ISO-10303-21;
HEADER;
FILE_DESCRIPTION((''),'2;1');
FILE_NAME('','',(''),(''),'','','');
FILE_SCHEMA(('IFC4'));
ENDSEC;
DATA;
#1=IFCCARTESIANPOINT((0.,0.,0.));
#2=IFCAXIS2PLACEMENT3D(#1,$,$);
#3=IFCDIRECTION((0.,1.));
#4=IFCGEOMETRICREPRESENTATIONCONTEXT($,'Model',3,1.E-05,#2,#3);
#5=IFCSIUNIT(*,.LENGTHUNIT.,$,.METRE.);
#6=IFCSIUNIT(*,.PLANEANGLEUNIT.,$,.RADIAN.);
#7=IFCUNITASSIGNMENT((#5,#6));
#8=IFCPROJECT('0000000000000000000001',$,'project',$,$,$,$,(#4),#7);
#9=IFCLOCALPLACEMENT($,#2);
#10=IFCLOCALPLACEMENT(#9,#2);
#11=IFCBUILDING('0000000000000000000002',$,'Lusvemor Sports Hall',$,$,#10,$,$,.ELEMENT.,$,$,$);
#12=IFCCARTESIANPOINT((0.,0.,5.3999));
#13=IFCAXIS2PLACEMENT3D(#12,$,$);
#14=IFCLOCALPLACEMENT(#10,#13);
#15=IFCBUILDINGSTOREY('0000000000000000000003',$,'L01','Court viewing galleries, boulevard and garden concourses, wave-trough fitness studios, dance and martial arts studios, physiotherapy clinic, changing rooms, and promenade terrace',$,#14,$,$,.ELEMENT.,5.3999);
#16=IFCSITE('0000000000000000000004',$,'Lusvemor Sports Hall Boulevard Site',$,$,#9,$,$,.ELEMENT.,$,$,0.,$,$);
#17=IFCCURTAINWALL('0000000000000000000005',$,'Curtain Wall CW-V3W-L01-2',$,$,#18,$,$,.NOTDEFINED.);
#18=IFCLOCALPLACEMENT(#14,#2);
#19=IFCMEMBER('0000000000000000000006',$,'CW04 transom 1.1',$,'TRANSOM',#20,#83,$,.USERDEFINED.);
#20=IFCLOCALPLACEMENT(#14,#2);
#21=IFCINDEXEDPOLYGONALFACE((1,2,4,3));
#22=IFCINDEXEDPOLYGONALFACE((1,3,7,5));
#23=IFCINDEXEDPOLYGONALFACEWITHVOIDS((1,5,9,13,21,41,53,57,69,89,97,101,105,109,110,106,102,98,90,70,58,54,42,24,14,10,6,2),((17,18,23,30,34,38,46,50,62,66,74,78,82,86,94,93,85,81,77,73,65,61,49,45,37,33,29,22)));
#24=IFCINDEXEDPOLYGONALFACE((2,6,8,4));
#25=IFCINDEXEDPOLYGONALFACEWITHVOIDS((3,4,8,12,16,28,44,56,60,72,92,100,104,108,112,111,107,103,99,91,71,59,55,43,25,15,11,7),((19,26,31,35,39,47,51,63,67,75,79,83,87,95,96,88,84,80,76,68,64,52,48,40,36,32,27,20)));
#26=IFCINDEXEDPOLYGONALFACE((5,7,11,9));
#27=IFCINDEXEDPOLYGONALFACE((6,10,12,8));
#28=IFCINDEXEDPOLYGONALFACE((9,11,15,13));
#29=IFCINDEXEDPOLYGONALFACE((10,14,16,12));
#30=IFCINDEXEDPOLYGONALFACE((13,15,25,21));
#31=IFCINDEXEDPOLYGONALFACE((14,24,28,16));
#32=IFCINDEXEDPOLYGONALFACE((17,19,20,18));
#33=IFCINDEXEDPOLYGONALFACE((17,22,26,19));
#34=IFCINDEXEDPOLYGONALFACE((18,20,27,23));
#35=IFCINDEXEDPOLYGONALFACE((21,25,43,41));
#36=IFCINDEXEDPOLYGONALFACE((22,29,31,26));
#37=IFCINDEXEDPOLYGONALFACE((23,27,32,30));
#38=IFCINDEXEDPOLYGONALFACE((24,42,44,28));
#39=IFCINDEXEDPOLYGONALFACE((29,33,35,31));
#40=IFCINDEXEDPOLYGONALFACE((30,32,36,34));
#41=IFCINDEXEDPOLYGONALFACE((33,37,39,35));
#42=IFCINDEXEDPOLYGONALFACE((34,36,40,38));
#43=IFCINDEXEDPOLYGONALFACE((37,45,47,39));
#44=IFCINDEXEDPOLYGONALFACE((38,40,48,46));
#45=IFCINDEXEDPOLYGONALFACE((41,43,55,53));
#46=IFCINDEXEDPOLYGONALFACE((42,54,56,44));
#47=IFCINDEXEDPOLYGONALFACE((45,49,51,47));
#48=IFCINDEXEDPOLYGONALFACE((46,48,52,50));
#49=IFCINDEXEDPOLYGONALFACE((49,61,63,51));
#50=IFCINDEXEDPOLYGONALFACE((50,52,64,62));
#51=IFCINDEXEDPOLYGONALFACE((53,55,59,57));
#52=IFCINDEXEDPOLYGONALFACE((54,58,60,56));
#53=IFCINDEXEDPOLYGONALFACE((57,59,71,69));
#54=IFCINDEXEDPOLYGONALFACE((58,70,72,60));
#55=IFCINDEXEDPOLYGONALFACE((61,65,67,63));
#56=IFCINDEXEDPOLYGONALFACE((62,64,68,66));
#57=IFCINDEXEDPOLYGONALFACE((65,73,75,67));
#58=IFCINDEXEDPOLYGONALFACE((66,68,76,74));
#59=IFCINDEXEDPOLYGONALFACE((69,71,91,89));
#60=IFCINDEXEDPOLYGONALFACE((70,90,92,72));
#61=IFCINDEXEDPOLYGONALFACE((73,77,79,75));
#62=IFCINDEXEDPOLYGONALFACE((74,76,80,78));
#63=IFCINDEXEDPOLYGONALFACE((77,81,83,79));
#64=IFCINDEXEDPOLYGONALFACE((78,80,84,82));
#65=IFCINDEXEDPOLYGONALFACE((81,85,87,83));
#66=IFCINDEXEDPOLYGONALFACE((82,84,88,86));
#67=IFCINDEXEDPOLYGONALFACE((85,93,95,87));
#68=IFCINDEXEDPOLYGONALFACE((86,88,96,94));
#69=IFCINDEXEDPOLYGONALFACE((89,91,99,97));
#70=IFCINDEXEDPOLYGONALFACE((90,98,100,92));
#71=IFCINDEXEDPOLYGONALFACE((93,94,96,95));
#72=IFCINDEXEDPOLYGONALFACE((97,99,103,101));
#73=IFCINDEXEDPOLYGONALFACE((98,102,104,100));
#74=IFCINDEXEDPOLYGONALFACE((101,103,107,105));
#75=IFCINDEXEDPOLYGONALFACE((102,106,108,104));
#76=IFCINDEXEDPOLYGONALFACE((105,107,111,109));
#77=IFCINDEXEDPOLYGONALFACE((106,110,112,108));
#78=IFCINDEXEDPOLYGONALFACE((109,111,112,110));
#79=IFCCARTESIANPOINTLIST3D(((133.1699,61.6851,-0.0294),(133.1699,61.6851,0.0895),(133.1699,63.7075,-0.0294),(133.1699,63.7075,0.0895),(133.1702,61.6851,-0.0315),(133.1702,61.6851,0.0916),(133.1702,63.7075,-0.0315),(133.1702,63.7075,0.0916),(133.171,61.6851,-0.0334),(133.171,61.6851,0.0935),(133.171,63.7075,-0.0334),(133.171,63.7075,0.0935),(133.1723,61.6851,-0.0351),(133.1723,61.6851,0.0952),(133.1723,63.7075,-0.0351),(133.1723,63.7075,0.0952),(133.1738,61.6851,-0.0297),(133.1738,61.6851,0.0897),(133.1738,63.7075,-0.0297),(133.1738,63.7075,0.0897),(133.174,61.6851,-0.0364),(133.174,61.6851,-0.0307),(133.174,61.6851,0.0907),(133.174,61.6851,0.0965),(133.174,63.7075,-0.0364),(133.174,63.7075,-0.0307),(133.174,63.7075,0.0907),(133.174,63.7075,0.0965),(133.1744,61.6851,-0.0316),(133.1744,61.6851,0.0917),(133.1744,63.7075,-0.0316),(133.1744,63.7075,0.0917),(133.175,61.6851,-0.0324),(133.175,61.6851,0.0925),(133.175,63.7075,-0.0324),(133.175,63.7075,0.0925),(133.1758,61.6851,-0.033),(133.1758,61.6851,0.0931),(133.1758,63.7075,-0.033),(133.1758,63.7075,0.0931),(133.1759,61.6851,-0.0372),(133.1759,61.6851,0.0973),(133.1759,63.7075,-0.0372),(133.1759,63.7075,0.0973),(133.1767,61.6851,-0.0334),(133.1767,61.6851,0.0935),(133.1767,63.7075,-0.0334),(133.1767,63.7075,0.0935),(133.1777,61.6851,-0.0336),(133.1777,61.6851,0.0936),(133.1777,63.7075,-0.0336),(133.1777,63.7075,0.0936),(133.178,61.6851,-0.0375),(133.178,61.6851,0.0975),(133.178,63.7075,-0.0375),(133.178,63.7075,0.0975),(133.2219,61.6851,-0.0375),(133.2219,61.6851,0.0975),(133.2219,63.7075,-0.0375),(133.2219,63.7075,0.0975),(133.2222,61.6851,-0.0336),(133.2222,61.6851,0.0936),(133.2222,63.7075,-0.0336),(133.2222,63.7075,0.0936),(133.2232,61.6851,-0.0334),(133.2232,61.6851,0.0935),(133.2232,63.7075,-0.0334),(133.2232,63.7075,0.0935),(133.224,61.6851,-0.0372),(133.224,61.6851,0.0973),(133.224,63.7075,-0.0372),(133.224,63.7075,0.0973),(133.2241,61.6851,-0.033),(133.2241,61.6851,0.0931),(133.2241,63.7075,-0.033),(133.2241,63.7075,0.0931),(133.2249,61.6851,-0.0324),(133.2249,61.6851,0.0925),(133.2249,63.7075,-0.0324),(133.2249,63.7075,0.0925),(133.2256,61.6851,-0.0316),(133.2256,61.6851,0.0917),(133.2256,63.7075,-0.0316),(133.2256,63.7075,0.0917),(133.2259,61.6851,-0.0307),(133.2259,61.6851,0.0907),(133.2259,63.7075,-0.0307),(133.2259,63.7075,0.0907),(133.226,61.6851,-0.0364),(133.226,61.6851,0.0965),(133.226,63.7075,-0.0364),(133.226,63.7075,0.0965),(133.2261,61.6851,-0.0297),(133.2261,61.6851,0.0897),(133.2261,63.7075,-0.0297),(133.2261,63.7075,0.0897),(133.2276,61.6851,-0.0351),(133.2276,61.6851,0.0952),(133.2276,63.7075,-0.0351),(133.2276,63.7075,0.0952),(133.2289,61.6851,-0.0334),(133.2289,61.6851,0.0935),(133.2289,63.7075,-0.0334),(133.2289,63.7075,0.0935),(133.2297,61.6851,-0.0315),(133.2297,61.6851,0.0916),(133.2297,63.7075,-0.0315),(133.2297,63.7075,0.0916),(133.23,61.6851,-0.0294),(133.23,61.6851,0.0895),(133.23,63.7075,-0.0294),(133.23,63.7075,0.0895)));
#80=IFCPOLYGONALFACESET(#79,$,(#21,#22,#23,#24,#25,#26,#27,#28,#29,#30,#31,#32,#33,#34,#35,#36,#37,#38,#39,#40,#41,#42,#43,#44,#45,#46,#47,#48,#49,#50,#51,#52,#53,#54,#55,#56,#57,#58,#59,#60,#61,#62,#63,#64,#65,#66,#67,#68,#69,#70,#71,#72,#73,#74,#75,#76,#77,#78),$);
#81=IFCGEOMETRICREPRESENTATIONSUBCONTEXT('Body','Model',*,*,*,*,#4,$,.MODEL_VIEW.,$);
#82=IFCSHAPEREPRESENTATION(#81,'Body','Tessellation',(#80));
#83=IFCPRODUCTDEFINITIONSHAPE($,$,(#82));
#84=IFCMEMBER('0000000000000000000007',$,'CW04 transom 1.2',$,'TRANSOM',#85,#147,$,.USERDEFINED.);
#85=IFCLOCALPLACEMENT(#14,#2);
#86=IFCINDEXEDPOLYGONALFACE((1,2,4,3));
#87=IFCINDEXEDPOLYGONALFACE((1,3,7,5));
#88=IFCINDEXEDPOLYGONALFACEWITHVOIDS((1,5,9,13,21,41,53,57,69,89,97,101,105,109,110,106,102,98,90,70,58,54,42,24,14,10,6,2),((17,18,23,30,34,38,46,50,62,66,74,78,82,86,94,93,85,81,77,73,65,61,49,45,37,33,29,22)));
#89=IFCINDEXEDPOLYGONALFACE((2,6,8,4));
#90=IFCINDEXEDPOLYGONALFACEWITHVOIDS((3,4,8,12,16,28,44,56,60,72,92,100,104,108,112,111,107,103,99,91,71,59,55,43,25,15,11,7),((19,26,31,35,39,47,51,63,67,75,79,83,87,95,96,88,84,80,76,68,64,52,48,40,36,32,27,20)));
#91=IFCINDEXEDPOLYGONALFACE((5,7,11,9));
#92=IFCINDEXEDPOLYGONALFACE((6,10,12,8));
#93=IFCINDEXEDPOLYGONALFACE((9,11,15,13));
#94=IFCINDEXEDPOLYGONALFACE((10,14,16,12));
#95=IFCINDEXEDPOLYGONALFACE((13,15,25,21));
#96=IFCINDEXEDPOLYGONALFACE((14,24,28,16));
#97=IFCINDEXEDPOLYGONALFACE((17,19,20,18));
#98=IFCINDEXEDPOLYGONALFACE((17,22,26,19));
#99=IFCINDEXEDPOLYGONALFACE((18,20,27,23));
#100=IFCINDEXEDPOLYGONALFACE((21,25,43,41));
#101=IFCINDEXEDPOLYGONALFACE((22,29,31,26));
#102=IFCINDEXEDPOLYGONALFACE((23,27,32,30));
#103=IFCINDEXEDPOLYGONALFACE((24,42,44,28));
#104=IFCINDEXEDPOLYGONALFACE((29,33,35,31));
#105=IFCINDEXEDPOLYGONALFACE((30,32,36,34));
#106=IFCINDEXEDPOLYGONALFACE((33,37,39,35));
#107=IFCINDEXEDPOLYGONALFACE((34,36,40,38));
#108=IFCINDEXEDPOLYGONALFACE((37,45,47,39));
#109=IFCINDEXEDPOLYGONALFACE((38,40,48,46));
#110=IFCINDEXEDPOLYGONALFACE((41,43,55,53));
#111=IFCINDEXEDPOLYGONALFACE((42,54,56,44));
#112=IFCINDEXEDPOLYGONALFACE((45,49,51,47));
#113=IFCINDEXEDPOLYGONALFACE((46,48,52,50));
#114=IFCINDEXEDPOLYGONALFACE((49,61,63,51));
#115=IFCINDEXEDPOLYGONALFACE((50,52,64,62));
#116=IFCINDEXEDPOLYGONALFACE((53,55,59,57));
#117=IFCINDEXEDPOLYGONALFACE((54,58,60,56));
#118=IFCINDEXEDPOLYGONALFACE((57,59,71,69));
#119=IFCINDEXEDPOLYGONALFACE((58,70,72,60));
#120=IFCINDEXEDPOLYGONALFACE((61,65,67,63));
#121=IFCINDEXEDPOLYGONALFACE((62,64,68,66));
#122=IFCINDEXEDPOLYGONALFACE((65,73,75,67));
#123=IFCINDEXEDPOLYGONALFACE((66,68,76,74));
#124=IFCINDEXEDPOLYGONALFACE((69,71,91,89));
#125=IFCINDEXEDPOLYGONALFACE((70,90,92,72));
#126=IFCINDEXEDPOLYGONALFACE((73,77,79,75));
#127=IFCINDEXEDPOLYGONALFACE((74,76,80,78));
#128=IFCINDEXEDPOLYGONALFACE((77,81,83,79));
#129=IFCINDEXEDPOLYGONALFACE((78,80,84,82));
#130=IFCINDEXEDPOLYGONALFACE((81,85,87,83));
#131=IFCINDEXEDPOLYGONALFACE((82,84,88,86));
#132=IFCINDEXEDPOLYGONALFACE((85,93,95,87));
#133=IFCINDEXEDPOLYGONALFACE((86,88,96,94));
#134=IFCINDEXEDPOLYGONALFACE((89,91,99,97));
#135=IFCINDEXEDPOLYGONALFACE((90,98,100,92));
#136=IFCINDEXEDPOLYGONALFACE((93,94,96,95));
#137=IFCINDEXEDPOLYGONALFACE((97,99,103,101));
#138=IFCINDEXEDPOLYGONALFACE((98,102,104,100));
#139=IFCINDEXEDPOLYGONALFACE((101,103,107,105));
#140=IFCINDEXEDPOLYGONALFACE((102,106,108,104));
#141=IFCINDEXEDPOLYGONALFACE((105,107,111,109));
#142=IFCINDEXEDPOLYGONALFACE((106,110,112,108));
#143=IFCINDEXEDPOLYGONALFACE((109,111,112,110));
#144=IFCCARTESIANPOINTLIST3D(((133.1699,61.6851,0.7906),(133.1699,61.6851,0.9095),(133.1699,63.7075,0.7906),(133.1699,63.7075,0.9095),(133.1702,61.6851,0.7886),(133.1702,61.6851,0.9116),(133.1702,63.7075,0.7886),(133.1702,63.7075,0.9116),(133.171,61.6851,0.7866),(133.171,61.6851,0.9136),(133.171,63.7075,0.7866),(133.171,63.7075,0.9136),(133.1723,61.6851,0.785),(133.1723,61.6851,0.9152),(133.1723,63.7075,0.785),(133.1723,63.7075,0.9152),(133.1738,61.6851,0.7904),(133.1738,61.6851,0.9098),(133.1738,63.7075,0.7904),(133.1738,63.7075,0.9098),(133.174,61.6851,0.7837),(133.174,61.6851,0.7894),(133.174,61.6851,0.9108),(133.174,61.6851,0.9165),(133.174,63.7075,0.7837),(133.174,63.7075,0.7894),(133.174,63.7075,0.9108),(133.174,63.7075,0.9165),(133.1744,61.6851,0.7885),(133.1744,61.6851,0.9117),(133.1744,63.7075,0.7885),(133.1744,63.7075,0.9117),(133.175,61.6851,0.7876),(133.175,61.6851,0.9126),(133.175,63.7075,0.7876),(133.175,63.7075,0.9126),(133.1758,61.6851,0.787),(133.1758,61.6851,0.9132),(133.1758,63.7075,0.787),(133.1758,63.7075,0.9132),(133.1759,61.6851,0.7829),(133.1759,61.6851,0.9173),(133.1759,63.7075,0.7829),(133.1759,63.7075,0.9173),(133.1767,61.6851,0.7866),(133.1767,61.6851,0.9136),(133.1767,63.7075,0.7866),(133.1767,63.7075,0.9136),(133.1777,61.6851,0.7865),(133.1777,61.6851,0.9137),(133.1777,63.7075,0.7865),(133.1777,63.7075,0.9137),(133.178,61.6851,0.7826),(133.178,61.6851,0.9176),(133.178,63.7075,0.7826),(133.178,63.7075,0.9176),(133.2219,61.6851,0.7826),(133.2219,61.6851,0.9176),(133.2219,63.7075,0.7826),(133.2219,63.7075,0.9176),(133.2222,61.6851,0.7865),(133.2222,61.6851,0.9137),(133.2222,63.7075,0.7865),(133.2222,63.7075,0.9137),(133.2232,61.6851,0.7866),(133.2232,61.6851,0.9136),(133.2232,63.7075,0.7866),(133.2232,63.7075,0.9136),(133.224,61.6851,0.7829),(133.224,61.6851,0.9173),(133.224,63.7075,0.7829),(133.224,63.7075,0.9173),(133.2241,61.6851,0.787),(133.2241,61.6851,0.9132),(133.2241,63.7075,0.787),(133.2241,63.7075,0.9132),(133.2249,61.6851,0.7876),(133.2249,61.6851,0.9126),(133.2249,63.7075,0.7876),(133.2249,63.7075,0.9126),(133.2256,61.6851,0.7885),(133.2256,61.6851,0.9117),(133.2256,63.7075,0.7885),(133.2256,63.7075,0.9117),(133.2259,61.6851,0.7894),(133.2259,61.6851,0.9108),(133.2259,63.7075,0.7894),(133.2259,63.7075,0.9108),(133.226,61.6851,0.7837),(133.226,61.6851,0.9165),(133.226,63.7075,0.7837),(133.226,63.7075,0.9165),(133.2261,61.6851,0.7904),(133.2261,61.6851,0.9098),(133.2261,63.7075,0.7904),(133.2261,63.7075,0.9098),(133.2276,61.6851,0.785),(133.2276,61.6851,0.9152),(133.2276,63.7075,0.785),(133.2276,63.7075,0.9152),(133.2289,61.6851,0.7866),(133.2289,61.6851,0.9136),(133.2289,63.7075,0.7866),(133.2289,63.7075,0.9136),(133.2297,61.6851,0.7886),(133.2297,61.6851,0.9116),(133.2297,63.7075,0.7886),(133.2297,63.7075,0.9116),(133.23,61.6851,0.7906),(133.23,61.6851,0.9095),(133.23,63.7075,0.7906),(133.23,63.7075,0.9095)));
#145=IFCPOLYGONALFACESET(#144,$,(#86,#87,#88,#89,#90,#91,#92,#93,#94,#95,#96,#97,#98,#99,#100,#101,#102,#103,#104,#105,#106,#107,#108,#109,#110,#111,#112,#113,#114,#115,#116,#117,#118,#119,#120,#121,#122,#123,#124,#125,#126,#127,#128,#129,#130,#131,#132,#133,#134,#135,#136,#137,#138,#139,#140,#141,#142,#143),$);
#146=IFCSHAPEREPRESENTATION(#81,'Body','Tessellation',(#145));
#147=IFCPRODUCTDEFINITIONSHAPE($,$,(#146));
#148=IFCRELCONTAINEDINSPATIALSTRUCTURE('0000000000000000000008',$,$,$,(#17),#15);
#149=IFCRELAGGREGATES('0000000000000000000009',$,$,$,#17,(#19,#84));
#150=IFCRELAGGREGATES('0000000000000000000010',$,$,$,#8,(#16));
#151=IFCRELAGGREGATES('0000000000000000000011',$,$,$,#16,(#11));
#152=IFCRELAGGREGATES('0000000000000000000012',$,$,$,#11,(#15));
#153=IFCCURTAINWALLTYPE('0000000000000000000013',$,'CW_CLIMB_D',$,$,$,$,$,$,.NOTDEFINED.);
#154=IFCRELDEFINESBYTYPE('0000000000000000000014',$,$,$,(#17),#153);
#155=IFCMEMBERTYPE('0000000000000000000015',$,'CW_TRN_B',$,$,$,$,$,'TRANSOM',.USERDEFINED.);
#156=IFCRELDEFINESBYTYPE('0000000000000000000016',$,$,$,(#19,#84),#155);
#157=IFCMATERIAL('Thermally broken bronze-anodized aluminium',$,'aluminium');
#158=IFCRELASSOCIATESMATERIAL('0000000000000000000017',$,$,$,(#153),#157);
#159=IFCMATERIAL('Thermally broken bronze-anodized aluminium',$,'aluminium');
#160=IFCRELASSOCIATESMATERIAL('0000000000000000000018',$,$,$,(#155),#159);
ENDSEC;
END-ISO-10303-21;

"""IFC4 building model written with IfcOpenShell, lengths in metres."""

from ifc_helpers import new_model, si_unit, direction, frame, origin, origin_2d, place, context, subcontext, project, spatial, hollow_rectangle, extrude, material, material_profile, profile_set, type_object, element, aggregate, save


model = new_model("IFC4")

# Units and contexts
model_context = context("Model", 3, precision=1e-05, world=origin(), true_north=direction((0.0, 1.0)))
body_context = subcontext(model_context, "Body", "Model", "MODEL_VIEW")
ifc_project = project(units=[si_unit("LENGTHUNIT", "METRE"), si_unit("PLANEANGLEUNIT", "RADIAN")], contexts=[model_context])

# Site, building, storey
site_placement = place(None, origin())
site = spatial("IfcSite", under=ifc_project, at=site_placement, Name="Lusvemor Sports Hall Boulevard Site", CompositionType="ELEMENT", RefElevation=0.0)
building_placement = place(site_placement, origin())
building = spatial("IfcBuilding", under=site, at=building_placement, Name="Lusvemor Sports Hall", CompositionType="ELEMENT")
storey_placement = place(building_placement, frame((0.0, 0.0, 5.3999)))
storey = spatial("IfcBuildingStorey", under=building, at=storey_placement, Name="L01", Description="Court viewing galleries, boulevard and garden concourses, wave-trough fitness studios, dance and martial arts studios, physiotherapy clinic, changing rooms, and promenade terrace", CompositionType="ELEMENT", Elevation=5.3999)

# Shared definitions
ifc_material_1 = material(Name="Thermally broken bronze-anodized aluminium", Category="aluminium")
curtain_wall_type = type_object("IfcCurtainWallType", Name="CW_CLIMB_D", PredefinedType="NOTDEFINED", material=ifc_material_1)

# Curtain wall, members
curtain_wall_1_placement = place(storey_placement, origin())
curtain_wall_1 = element("IfcCurtainWall", 1, at=curtain_wall_1_placement, inside=storey, type_object=curtain_wall_type, Name="Curtain Wall CW-V3W-L01-2", PredefinedType="NOTDEFINED")
ifc_material_2 = material(Name="Thermally broken bronze-anodized aluminium", Category="aluminium")
ifc_material_profile_1 = material_profile(ifc_material_2, hollow_rectangle(XDim=0.0601, YDim=0.135, WallThickness=0.0039, InnerFilletRadius=0.0039, OuterFilletRadius=0.0081, at=origin_2d()), Name="CWTRN135x60x4")
ifc_profile_set_1 = profile_set([ifc_material_profile_1], Name="Thermally broken bronze-anodized aluminium")
member_type_1 = type_object("IfcMemberType", Name="CW_TRN_B", ElementType="TRANSOM", PredefinedType="USERDEFINED", material=ifc_profile_set_1)
member_1_placement = place(storey_placement, frame((133.2, 61.6851, 0.03), z_axis=(0.0, 1.0, 0.0), x_axis=(-1.0, 0.0, 0.0)))
member_1 = element("IfcMember", 2, at=member_1_placement, type_object=member_type_1, Name="CW04 transom 1.1", ObjectType="TRANSOM", PredefinedType="USERDEFINED", context=body_context, shape_type="SweptSolid", body=[
    extrude(hollow_rectangle(XDim=0.0601, YDim=0.135, WallThickness=0.0039, InnerFilletRadius=0.0039, OuterFilletRadius=0.0081, at=origin_2d()), origin(), (0.0, 0.0, 1.0), 2.0225),
])
member_2_placement = place(storey_placement, frame((133.2, 61.6851, 0.8501), z_axis=(0.0, 1.0, 0.0), x_axis=(-1.0, 0.0, 0.0)))
member_2 = element("IfcMember", 3, at=member_2_placement, type_object=member_type_1, Name="CW04 transom 1.2", ObjectType="TRANSOM", PredefinedType="USERDEFINED", context=body_context, shape_type="SweptSolid", body=[
    extrude(hollow_rectangle(XDim=0.0601, YDim=0.135, WallThickness=0.0039, InnerFilletRadius=0.0039, OuterFilletRadius=0.0081, at=origin_2d()), origin(), (0.0, 0.0, 1.0), 2.0225),
])

aggregate(curtain_wall_1, [member_1, member_2])

save(model, "model.ifc")
